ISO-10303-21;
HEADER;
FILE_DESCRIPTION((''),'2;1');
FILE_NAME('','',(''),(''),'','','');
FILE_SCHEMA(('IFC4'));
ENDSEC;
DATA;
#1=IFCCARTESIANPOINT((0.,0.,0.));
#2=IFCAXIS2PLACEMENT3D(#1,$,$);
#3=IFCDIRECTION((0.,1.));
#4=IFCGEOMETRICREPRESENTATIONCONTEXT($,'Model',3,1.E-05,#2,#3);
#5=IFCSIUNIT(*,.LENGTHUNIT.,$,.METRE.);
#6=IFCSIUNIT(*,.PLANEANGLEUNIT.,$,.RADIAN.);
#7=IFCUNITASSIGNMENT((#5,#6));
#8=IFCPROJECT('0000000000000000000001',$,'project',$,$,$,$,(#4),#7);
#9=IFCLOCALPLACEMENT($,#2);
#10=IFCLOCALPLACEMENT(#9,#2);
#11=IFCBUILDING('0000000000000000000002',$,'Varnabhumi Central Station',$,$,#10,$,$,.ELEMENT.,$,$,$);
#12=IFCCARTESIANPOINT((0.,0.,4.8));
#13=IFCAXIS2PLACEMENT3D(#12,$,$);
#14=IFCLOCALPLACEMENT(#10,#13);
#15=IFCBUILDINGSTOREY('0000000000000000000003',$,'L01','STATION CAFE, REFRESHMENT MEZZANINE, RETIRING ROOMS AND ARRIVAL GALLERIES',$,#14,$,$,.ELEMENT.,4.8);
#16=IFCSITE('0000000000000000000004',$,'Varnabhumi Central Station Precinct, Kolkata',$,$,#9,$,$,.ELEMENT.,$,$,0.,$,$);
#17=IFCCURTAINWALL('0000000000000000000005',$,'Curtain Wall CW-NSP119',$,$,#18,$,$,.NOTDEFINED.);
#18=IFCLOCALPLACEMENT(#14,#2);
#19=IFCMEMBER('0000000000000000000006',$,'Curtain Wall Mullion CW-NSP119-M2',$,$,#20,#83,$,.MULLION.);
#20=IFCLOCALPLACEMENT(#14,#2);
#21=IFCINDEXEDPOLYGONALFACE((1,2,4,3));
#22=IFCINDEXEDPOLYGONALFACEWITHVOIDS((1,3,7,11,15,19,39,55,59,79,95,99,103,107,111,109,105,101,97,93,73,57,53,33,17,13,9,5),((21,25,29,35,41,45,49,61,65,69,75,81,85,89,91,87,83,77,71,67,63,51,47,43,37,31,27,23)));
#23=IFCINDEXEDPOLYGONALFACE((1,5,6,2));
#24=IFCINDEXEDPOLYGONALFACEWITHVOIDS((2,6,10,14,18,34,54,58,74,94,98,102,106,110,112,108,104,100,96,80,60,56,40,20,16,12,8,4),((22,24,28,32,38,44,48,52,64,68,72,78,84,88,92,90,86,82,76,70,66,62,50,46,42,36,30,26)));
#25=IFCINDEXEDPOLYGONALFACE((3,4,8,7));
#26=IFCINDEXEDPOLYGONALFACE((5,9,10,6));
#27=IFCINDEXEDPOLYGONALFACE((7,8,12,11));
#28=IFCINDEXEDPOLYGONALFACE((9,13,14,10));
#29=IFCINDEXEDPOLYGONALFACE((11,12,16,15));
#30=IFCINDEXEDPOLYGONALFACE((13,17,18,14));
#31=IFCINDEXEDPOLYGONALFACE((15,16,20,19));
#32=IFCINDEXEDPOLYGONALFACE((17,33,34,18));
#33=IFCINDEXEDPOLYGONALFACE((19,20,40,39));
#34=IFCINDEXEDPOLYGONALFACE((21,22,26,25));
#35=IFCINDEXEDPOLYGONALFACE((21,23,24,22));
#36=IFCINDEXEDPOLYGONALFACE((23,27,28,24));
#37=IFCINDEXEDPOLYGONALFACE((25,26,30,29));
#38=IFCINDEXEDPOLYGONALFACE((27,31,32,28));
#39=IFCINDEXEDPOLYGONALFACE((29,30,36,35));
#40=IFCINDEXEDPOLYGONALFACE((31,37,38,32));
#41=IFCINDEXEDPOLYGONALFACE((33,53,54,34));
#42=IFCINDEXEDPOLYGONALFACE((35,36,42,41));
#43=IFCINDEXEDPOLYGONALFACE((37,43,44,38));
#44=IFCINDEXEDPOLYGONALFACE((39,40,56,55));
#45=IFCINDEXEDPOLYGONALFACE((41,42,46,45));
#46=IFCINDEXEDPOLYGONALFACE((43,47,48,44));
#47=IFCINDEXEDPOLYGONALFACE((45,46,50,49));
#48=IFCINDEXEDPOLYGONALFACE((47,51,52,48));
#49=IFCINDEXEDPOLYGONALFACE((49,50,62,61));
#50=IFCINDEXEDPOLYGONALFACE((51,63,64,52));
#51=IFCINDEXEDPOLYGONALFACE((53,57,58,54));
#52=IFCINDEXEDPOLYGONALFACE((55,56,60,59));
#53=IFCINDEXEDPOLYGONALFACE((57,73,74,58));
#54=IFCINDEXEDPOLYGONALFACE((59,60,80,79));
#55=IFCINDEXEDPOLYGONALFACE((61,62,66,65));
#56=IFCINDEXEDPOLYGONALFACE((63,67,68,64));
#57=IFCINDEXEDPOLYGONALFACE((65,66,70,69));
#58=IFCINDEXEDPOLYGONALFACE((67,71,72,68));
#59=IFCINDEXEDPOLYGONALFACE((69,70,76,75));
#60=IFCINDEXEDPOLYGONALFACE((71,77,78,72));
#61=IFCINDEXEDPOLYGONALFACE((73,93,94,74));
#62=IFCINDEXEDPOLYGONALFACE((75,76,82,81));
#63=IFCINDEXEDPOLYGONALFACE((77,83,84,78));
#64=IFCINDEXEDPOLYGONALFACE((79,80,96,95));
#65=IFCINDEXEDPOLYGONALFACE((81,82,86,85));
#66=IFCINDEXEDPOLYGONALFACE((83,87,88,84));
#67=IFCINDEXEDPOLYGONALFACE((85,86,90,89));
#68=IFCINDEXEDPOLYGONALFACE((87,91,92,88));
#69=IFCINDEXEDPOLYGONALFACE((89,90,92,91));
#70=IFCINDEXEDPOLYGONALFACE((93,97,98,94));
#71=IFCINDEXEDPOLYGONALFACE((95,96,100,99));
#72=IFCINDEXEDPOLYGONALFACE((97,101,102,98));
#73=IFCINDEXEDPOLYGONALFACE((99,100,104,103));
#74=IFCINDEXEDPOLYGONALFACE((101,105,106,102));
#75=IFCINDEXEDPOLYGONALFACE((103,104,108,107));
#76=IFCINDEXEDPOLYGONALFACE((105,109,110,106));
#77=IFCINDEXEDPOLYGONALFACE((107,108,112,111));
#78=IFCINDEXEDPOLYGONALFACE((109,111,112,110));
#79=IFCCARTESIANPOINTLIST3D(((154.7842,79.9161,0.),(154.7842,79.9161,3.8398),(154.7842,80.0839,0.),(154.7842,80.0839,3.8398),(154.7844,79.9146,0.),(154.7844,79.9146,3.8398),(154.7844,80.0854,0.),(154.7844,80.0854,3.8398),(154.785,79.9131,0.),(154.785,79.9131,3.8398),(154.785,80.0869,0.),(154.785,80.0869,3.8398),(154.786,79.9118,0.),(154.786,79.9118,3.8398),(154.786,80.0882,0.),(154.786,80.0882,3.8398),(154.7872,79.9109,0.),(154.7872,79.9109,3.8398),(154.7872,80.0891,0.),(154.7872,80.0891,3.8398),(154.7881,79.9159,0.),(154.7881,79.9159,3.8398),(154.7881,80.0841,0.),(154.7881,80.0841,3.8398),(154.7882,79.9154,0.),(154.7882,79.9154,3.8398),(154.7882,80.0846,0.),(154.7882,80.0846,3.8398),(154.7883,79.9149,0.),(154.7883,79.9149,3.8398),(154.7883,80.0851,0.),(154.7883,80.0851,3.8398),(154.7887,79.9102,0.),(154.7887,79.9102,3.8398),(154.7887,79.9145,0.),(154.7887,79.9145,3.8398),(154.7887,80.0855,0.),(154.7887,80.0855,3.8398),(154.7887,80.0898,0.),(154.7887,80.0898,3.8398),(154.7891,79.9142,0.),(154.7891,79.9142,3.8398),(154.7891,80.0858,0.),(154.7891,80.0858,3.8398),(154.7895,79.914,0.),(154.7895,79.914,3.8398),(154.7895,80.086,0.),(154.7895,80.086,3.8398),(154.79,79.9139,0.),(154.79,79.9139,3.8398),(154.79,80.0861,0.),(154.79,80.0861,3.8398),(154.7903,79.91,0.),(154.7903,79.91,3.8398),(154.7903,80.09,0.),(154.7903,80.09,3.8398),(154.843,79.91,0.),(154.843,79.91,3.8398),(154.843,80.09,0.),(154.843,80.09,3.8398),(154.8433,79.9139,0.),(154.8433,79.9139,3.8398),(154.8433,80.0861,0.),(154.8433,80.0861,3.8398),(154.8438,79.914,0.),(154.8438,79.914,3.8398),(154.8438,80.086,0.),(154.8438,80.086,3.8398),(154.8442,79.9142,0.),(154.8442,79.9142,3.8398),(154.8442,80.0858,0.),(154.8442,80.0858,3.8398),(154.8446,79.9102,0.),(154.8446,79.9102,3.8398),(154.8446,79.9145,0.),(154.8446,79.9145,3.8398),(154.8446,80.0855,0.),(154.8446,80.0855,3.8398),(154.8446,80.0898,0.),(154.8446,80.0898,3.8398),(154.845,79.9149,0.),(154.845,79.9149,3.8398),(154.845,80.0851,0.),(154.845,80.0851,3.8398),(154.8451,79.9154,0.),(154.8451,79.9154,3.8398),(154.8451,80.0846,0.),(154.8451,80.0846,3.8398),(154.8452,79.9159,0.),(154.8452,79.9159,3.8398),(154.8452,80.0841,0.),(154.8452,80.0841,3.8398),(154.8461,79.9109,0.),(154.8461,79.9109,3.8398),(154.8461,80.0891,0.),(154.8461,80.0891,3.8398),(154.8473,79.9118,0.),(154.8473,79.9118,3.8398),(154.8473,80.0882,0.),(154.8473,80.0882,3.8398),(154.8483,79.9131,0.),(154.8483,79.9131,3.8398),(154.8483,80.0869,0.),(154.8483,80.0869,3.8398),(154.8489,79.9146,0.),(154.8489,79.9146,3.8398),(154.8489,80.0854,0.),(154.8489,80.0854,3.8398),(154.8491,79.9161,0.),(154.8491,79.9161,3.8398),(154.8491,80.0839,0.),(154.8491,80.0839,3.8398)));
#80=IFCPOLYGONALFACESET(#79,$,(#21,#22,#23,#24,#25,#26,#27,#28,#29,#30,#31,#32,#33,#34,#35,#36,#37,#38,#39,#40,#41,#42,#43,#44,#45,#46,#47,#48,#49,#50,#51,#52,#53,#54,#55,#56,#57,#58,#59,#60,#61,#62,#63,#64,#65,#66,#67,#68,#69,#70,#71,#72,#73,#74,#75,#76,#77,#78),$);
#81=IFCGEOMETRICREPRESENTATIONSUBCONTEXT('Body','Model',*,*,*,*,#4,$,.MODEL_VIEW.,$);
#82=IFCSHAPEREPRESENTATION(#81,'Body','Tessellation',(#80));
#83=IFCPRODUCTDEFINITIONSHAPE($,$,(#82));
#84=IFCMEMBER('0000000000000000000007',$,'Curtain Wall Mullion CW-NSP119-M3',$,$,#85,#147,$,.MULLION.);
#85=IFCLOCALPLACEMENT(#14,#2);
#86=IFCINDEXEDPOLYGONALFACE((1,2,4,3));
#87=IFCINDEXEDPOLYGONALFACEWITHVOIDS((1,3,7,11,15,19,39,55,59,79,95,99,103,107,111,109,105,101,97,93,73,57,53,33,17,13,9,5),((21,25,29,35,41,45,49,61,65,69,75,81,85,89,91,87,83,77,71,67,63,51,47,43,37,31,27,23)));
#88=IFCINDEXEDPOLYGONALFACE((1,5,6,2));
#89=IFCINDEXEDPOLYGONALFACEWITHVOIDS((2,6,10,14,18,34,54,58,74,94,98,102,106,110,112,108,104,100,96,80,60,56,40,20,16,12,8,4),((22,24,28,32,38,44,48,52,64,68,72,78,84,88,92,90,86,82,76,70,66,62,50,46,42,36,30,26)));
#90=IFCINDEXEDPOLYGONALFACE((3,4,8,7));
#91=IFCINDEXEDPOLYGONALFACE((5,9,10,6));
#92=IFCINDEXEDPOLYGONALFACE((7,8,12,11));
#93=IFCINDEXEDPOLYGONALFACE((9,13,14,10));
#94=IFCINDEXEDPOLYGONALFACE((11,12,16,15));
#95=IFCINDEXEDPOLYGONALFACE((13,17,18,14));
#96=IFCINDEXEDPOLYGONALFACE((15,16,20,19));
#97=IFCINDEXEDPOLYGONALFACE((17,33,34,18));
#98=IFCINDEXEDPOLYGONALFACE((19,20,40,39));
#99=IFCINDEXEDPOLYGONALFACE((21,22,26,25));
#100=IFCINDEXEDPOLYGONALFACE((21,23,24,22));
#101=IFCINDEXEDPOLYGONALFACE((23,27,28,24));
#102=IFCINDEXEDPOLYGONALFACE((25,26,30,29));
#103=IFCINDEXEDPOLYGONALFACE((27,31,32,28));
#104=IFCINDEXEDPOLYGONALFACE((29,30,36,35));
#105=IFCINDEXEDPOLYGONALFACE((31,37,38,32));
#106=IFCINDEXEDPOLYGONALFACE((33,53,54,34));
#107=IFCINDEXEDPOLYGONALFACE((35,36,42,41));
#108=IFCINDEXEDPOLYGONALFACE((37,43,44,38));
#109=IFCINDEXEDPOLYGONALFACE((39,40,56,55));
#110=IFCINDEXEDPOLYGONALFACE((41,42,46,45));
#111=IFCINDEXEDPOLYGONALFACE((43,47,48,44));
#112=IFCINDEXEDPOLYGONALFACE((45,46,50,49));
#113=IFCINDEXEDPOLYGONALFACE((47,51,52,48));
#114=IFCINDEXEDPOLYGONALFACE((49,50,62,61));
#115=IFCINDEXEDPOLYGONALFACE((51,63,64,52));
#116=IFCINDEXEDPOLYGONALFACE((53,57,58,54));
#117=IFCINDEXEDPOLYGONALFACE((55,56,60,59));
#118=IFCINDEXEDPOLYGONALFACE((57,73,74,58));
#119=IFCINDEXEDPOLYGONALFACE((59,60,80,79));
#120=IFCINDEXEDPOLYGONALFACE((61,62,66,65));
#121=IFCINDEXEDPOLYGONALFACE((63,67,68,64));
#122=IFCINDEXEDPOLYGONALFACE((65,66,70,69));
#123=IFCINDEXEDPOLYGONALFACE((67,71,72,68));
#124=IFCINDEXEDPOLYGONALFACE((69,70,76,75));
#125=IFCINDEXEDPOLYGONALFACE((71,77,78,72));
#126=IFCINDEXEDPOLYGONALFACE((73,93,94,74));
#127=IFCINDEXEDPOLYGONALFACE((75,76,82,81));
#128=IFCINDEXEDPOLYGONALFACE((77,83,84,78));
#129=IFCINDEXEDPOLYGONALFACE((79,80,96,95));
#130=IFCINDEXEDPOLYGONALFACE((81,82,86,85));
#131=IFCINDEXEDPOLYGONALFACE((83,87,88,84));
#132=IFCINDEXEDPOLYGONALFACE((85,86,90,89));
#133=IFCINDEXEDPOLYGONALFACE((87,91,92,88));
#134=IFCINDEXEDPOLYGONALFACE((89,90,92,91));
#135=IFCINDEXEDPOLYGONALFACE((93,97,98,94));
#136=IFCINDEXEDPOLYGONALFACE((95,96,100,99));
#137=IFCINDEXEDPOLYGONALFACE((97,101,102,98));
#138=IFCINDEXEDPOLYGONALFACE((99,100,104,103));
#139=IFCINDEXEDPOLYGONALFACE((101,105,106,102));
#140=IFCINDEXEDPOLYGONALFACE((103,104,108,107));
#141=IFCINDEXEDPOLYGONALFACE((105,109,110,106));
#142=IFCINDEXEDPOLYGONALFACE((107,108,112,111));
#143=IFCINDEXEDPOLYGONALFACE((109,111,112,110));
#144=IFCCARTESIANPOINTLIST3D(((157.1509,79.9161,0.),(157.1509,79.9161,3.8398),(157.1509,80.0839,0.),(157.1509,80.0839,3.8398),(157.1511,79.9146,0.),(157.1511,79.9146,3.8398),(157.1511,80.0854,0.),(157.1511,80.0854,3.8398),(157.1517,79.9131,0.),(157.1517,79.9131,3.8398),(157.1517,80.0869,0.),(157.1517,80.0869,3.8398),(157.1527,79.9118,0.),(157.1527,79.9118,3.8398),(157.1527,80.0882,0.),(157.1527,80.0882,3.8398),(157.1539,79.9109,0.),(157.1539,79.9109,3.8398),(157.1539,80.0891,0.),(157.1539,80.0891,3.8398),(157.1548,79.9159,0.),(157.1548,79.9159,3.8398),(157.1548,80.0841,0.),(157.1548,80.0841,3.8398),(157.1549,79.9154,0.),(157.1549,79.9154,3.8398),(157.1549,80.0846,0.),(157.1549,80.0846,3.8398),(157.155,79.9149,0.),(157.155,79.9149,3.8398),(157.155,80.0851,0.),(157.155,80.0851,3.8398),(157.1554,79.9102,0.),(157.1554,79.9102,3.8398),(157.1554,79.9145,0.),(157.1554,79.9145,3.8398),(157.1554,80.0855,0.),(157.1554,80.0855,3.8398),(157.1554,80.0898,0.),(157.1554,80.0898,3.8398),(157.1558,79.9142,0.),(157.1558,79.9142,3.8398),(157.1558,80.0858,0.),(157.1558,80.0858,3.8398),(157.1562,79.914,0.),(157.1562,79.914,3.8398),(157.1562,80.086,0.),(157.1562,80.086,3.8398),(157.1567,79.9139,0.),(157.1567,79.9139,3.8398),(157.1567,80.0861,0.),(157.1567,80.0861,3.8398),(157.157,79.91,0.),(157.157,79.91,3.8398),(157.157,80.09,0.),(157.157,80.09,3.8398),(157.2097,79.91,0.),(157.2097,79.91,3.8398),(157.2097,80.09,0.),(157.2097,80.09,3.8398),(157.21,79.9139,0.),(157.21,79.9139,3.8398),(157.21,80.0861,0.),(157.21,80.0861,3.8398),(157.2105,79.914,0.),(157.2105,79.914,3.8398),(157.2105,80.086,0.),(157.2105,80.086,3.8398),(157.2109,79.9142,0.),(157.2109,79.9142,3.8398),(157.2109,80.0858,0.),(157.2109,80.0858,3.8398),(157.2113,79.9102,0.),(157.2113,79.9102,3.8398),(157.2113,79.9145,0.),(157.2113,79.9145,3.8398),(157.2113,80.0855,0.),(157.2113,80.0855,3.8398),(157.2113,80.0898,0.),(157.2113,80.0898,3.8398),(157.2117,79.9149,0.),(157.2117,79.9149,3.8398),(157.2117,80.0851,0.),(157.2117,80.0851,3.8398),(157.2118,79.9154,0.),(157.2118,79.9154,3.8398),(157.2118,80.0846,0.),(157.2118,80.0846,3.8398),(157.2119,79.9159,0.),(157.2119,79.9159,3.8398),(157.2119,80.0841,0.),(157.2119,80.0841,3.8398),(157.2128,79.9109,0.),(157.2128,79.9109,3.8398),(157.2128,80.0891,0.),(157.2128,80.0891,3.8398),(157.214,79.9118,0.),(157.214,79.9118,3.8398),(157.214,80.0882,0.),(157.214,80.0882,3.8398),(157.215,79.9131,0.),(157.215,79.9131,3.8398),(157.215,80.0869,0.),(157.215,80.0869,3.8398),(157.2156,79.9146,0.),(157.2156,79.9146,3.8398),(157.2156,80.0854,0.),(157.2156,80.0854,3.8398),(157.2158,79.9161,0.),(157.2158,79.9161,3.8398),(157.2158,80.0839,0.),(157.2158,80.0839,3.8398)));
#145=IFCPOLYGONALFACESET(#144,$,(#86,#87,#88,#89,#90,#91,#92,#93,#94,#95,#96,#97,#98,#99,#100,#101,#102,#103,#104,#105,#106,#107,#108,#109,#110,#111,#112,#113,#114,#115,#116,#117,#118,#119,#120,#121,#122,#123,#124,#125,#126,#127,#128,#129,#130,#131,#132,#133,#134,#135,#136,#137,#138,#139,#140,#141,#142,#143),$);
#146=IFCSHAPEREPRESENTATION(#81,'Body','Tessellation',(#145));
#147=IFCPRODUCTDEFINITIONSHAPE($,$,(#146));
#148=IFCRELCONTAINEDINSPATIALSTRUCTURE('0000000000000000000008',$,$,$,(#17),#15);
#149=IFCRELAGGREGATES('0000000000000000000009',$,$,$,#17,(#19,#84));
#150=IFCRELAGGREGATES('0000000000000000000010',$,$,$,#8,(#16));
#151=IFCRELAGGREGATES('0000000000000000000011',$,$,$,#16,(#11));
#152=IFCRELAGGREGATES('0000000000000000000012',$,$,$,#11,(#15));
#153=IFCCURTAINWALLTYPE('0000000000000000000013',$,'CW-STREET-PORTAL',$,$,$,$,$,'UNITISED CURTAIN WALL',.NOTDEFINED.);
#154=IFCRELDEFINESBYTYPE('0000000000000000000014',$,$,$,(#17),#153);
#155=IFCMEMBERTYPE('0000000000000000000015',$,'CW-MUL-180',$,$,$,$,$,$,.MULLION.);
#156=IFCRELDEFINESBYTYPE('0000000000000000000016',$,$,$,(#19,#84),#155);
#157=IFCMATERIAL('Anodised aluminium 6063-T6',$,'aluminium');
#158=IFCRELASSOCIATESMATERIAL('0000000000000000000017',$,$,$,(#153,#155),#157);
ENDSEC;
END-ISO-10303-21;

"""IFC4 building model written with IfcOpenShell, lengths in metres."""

from ifc_helpers import new_model, si_unit, direction, frame, origin, origin_2d, place, context, subcontext, project, spatial, hollow_rectangle, extrude, material, material_profile, profile_set, type_object, element, aggregate, save


model = new_model("IFC4")

# Units and contexts
model_context = context("Model", 3, precision=1e-05, world=origin(), true_north=direction((0.0, 1.0)))
body_context = subcontext(model_context, "Body", "Model", "MODEL_VIEW")
ifc_project = project(units=[si_unit("LENGTHUNIT", "METRE"), si_unit("PLANEANGLEUNIT", "RADIAN")], contexts=[model_context])

# Site, building, storey
site_placement = place(None, origin())
site = spatial("IfcSite", under=ifc_project, at=site_placement, Name="Varnabhumi Central Station Precinct, Kolkata", CompositionType="ELEMENT", RefElevation=0.0)
building_placement = place(site_placement, origin())
building = spatial("IfcBuilding", under=site, at=building_placement, Name="Varnabhumi Central Station", CompositionType="ELEMENT")
storey_placement = place(building_placement, frame((0.0, 0.0, 4.8)))
storey = spatial("IfcBuildingStorey", under=building, at=storey_placement, Name="L01", Description="STATION CAFE, REFRESHMENT MEZZANINE, RETIRING ROOMS AND ARRIVAL GALLERIES", CompositionType="ELEMENT", Elevation=4.8)

# Curtain wall, members
ifc_material_1 = material(Name="Anodised aluminium 6063-T6", Category="aluminium")
curtain_wall_type = type_object("IfcCurtainWallType", Name="CW-STREET-PORTAL", ElementType="UNITISED CURTAIN WALL", PredefinedType="NOTDEFINED", material=ifc_material_1)
curtain_wall_placement = place(storey_placement, origin())
curtain_wall = element("IfcCurtainWall", 1, at=curtain_wall_placement, inside=storey, type_object=curtain_wall_type, Name="Curtain Wall CW-NSP119", PredefinedType="NOTDEFINED")
ifc_material_profile_1 = material_profile(ifc_material_1, hollow_rectangle(XDim=0.0649, YDim=0.1799, WallThickness=0.0039, InnerFilletRadius=0.002, OuterFilletRadius=0.0061, at=origin_2d()), Name="Anodised aluminium 6063-T6", Category="aluminium")
ifc_profile_set_1 = profile_set([ifc_material_profile_1], Name="Anodised aluminium 6063-T6")
member_type_1 = type_object("IfcMemberType", Name="CW-MUL-180", PredefinedType="MULLION", material=ifc_profile_set_1)
member_1_placement = place(storey_placement, frame((154.8167, 80.0, 0.0), z_axis=(0.0, 0.0, 1.0), x_axis=(1.0, 0.0, 0.0)))
member_1 = element("IfcMember", 2, at=member_1_placement, type_object=member_type_1, Name="Curtain Wall Mullion CW-NSP119-M2", PredefinedType="MULLION", context=body_context, shape_type="SweptSolid", body=[
    extrude(hollow_rectangle(XDim=0.0649, YDim=0.1799, WallThickness=0.0039, InnerFilletRadius=0.002, OuterFilletRadius=0.0061, at=origin_2d()), origin(), (0.0, 0.0, 1.0), 3.8398),
])
member_2_placement = place(storey_placement, frame((157.1833, 80.0, 0.0), z_axis=(0.0, 0.0, 1.0), x_axis=(1.0, 0.0, 0.0)))
member_2 = element("IfcMember", 3, at=member_2_placement, type_object=member_type_1, Name="Curtain Wall Mullion CW-NSP119-M3", PredefinedType="MULLION", context=body_context, shape_type="SweptSolid", body=[
    extrude(hollow_rectangle(XDim=0.0649, YDim=0.1799, WallThickness=0.0039, InnerFilletRadius=0.002, OuterFilletRadius=0.0061, at=origin_2d()), origin(), (0.0, 0.0, 1.0), 3.8398),
])
aggregate(curtain_wall, [member_1, member_2])

save(model, "model.ifc")
